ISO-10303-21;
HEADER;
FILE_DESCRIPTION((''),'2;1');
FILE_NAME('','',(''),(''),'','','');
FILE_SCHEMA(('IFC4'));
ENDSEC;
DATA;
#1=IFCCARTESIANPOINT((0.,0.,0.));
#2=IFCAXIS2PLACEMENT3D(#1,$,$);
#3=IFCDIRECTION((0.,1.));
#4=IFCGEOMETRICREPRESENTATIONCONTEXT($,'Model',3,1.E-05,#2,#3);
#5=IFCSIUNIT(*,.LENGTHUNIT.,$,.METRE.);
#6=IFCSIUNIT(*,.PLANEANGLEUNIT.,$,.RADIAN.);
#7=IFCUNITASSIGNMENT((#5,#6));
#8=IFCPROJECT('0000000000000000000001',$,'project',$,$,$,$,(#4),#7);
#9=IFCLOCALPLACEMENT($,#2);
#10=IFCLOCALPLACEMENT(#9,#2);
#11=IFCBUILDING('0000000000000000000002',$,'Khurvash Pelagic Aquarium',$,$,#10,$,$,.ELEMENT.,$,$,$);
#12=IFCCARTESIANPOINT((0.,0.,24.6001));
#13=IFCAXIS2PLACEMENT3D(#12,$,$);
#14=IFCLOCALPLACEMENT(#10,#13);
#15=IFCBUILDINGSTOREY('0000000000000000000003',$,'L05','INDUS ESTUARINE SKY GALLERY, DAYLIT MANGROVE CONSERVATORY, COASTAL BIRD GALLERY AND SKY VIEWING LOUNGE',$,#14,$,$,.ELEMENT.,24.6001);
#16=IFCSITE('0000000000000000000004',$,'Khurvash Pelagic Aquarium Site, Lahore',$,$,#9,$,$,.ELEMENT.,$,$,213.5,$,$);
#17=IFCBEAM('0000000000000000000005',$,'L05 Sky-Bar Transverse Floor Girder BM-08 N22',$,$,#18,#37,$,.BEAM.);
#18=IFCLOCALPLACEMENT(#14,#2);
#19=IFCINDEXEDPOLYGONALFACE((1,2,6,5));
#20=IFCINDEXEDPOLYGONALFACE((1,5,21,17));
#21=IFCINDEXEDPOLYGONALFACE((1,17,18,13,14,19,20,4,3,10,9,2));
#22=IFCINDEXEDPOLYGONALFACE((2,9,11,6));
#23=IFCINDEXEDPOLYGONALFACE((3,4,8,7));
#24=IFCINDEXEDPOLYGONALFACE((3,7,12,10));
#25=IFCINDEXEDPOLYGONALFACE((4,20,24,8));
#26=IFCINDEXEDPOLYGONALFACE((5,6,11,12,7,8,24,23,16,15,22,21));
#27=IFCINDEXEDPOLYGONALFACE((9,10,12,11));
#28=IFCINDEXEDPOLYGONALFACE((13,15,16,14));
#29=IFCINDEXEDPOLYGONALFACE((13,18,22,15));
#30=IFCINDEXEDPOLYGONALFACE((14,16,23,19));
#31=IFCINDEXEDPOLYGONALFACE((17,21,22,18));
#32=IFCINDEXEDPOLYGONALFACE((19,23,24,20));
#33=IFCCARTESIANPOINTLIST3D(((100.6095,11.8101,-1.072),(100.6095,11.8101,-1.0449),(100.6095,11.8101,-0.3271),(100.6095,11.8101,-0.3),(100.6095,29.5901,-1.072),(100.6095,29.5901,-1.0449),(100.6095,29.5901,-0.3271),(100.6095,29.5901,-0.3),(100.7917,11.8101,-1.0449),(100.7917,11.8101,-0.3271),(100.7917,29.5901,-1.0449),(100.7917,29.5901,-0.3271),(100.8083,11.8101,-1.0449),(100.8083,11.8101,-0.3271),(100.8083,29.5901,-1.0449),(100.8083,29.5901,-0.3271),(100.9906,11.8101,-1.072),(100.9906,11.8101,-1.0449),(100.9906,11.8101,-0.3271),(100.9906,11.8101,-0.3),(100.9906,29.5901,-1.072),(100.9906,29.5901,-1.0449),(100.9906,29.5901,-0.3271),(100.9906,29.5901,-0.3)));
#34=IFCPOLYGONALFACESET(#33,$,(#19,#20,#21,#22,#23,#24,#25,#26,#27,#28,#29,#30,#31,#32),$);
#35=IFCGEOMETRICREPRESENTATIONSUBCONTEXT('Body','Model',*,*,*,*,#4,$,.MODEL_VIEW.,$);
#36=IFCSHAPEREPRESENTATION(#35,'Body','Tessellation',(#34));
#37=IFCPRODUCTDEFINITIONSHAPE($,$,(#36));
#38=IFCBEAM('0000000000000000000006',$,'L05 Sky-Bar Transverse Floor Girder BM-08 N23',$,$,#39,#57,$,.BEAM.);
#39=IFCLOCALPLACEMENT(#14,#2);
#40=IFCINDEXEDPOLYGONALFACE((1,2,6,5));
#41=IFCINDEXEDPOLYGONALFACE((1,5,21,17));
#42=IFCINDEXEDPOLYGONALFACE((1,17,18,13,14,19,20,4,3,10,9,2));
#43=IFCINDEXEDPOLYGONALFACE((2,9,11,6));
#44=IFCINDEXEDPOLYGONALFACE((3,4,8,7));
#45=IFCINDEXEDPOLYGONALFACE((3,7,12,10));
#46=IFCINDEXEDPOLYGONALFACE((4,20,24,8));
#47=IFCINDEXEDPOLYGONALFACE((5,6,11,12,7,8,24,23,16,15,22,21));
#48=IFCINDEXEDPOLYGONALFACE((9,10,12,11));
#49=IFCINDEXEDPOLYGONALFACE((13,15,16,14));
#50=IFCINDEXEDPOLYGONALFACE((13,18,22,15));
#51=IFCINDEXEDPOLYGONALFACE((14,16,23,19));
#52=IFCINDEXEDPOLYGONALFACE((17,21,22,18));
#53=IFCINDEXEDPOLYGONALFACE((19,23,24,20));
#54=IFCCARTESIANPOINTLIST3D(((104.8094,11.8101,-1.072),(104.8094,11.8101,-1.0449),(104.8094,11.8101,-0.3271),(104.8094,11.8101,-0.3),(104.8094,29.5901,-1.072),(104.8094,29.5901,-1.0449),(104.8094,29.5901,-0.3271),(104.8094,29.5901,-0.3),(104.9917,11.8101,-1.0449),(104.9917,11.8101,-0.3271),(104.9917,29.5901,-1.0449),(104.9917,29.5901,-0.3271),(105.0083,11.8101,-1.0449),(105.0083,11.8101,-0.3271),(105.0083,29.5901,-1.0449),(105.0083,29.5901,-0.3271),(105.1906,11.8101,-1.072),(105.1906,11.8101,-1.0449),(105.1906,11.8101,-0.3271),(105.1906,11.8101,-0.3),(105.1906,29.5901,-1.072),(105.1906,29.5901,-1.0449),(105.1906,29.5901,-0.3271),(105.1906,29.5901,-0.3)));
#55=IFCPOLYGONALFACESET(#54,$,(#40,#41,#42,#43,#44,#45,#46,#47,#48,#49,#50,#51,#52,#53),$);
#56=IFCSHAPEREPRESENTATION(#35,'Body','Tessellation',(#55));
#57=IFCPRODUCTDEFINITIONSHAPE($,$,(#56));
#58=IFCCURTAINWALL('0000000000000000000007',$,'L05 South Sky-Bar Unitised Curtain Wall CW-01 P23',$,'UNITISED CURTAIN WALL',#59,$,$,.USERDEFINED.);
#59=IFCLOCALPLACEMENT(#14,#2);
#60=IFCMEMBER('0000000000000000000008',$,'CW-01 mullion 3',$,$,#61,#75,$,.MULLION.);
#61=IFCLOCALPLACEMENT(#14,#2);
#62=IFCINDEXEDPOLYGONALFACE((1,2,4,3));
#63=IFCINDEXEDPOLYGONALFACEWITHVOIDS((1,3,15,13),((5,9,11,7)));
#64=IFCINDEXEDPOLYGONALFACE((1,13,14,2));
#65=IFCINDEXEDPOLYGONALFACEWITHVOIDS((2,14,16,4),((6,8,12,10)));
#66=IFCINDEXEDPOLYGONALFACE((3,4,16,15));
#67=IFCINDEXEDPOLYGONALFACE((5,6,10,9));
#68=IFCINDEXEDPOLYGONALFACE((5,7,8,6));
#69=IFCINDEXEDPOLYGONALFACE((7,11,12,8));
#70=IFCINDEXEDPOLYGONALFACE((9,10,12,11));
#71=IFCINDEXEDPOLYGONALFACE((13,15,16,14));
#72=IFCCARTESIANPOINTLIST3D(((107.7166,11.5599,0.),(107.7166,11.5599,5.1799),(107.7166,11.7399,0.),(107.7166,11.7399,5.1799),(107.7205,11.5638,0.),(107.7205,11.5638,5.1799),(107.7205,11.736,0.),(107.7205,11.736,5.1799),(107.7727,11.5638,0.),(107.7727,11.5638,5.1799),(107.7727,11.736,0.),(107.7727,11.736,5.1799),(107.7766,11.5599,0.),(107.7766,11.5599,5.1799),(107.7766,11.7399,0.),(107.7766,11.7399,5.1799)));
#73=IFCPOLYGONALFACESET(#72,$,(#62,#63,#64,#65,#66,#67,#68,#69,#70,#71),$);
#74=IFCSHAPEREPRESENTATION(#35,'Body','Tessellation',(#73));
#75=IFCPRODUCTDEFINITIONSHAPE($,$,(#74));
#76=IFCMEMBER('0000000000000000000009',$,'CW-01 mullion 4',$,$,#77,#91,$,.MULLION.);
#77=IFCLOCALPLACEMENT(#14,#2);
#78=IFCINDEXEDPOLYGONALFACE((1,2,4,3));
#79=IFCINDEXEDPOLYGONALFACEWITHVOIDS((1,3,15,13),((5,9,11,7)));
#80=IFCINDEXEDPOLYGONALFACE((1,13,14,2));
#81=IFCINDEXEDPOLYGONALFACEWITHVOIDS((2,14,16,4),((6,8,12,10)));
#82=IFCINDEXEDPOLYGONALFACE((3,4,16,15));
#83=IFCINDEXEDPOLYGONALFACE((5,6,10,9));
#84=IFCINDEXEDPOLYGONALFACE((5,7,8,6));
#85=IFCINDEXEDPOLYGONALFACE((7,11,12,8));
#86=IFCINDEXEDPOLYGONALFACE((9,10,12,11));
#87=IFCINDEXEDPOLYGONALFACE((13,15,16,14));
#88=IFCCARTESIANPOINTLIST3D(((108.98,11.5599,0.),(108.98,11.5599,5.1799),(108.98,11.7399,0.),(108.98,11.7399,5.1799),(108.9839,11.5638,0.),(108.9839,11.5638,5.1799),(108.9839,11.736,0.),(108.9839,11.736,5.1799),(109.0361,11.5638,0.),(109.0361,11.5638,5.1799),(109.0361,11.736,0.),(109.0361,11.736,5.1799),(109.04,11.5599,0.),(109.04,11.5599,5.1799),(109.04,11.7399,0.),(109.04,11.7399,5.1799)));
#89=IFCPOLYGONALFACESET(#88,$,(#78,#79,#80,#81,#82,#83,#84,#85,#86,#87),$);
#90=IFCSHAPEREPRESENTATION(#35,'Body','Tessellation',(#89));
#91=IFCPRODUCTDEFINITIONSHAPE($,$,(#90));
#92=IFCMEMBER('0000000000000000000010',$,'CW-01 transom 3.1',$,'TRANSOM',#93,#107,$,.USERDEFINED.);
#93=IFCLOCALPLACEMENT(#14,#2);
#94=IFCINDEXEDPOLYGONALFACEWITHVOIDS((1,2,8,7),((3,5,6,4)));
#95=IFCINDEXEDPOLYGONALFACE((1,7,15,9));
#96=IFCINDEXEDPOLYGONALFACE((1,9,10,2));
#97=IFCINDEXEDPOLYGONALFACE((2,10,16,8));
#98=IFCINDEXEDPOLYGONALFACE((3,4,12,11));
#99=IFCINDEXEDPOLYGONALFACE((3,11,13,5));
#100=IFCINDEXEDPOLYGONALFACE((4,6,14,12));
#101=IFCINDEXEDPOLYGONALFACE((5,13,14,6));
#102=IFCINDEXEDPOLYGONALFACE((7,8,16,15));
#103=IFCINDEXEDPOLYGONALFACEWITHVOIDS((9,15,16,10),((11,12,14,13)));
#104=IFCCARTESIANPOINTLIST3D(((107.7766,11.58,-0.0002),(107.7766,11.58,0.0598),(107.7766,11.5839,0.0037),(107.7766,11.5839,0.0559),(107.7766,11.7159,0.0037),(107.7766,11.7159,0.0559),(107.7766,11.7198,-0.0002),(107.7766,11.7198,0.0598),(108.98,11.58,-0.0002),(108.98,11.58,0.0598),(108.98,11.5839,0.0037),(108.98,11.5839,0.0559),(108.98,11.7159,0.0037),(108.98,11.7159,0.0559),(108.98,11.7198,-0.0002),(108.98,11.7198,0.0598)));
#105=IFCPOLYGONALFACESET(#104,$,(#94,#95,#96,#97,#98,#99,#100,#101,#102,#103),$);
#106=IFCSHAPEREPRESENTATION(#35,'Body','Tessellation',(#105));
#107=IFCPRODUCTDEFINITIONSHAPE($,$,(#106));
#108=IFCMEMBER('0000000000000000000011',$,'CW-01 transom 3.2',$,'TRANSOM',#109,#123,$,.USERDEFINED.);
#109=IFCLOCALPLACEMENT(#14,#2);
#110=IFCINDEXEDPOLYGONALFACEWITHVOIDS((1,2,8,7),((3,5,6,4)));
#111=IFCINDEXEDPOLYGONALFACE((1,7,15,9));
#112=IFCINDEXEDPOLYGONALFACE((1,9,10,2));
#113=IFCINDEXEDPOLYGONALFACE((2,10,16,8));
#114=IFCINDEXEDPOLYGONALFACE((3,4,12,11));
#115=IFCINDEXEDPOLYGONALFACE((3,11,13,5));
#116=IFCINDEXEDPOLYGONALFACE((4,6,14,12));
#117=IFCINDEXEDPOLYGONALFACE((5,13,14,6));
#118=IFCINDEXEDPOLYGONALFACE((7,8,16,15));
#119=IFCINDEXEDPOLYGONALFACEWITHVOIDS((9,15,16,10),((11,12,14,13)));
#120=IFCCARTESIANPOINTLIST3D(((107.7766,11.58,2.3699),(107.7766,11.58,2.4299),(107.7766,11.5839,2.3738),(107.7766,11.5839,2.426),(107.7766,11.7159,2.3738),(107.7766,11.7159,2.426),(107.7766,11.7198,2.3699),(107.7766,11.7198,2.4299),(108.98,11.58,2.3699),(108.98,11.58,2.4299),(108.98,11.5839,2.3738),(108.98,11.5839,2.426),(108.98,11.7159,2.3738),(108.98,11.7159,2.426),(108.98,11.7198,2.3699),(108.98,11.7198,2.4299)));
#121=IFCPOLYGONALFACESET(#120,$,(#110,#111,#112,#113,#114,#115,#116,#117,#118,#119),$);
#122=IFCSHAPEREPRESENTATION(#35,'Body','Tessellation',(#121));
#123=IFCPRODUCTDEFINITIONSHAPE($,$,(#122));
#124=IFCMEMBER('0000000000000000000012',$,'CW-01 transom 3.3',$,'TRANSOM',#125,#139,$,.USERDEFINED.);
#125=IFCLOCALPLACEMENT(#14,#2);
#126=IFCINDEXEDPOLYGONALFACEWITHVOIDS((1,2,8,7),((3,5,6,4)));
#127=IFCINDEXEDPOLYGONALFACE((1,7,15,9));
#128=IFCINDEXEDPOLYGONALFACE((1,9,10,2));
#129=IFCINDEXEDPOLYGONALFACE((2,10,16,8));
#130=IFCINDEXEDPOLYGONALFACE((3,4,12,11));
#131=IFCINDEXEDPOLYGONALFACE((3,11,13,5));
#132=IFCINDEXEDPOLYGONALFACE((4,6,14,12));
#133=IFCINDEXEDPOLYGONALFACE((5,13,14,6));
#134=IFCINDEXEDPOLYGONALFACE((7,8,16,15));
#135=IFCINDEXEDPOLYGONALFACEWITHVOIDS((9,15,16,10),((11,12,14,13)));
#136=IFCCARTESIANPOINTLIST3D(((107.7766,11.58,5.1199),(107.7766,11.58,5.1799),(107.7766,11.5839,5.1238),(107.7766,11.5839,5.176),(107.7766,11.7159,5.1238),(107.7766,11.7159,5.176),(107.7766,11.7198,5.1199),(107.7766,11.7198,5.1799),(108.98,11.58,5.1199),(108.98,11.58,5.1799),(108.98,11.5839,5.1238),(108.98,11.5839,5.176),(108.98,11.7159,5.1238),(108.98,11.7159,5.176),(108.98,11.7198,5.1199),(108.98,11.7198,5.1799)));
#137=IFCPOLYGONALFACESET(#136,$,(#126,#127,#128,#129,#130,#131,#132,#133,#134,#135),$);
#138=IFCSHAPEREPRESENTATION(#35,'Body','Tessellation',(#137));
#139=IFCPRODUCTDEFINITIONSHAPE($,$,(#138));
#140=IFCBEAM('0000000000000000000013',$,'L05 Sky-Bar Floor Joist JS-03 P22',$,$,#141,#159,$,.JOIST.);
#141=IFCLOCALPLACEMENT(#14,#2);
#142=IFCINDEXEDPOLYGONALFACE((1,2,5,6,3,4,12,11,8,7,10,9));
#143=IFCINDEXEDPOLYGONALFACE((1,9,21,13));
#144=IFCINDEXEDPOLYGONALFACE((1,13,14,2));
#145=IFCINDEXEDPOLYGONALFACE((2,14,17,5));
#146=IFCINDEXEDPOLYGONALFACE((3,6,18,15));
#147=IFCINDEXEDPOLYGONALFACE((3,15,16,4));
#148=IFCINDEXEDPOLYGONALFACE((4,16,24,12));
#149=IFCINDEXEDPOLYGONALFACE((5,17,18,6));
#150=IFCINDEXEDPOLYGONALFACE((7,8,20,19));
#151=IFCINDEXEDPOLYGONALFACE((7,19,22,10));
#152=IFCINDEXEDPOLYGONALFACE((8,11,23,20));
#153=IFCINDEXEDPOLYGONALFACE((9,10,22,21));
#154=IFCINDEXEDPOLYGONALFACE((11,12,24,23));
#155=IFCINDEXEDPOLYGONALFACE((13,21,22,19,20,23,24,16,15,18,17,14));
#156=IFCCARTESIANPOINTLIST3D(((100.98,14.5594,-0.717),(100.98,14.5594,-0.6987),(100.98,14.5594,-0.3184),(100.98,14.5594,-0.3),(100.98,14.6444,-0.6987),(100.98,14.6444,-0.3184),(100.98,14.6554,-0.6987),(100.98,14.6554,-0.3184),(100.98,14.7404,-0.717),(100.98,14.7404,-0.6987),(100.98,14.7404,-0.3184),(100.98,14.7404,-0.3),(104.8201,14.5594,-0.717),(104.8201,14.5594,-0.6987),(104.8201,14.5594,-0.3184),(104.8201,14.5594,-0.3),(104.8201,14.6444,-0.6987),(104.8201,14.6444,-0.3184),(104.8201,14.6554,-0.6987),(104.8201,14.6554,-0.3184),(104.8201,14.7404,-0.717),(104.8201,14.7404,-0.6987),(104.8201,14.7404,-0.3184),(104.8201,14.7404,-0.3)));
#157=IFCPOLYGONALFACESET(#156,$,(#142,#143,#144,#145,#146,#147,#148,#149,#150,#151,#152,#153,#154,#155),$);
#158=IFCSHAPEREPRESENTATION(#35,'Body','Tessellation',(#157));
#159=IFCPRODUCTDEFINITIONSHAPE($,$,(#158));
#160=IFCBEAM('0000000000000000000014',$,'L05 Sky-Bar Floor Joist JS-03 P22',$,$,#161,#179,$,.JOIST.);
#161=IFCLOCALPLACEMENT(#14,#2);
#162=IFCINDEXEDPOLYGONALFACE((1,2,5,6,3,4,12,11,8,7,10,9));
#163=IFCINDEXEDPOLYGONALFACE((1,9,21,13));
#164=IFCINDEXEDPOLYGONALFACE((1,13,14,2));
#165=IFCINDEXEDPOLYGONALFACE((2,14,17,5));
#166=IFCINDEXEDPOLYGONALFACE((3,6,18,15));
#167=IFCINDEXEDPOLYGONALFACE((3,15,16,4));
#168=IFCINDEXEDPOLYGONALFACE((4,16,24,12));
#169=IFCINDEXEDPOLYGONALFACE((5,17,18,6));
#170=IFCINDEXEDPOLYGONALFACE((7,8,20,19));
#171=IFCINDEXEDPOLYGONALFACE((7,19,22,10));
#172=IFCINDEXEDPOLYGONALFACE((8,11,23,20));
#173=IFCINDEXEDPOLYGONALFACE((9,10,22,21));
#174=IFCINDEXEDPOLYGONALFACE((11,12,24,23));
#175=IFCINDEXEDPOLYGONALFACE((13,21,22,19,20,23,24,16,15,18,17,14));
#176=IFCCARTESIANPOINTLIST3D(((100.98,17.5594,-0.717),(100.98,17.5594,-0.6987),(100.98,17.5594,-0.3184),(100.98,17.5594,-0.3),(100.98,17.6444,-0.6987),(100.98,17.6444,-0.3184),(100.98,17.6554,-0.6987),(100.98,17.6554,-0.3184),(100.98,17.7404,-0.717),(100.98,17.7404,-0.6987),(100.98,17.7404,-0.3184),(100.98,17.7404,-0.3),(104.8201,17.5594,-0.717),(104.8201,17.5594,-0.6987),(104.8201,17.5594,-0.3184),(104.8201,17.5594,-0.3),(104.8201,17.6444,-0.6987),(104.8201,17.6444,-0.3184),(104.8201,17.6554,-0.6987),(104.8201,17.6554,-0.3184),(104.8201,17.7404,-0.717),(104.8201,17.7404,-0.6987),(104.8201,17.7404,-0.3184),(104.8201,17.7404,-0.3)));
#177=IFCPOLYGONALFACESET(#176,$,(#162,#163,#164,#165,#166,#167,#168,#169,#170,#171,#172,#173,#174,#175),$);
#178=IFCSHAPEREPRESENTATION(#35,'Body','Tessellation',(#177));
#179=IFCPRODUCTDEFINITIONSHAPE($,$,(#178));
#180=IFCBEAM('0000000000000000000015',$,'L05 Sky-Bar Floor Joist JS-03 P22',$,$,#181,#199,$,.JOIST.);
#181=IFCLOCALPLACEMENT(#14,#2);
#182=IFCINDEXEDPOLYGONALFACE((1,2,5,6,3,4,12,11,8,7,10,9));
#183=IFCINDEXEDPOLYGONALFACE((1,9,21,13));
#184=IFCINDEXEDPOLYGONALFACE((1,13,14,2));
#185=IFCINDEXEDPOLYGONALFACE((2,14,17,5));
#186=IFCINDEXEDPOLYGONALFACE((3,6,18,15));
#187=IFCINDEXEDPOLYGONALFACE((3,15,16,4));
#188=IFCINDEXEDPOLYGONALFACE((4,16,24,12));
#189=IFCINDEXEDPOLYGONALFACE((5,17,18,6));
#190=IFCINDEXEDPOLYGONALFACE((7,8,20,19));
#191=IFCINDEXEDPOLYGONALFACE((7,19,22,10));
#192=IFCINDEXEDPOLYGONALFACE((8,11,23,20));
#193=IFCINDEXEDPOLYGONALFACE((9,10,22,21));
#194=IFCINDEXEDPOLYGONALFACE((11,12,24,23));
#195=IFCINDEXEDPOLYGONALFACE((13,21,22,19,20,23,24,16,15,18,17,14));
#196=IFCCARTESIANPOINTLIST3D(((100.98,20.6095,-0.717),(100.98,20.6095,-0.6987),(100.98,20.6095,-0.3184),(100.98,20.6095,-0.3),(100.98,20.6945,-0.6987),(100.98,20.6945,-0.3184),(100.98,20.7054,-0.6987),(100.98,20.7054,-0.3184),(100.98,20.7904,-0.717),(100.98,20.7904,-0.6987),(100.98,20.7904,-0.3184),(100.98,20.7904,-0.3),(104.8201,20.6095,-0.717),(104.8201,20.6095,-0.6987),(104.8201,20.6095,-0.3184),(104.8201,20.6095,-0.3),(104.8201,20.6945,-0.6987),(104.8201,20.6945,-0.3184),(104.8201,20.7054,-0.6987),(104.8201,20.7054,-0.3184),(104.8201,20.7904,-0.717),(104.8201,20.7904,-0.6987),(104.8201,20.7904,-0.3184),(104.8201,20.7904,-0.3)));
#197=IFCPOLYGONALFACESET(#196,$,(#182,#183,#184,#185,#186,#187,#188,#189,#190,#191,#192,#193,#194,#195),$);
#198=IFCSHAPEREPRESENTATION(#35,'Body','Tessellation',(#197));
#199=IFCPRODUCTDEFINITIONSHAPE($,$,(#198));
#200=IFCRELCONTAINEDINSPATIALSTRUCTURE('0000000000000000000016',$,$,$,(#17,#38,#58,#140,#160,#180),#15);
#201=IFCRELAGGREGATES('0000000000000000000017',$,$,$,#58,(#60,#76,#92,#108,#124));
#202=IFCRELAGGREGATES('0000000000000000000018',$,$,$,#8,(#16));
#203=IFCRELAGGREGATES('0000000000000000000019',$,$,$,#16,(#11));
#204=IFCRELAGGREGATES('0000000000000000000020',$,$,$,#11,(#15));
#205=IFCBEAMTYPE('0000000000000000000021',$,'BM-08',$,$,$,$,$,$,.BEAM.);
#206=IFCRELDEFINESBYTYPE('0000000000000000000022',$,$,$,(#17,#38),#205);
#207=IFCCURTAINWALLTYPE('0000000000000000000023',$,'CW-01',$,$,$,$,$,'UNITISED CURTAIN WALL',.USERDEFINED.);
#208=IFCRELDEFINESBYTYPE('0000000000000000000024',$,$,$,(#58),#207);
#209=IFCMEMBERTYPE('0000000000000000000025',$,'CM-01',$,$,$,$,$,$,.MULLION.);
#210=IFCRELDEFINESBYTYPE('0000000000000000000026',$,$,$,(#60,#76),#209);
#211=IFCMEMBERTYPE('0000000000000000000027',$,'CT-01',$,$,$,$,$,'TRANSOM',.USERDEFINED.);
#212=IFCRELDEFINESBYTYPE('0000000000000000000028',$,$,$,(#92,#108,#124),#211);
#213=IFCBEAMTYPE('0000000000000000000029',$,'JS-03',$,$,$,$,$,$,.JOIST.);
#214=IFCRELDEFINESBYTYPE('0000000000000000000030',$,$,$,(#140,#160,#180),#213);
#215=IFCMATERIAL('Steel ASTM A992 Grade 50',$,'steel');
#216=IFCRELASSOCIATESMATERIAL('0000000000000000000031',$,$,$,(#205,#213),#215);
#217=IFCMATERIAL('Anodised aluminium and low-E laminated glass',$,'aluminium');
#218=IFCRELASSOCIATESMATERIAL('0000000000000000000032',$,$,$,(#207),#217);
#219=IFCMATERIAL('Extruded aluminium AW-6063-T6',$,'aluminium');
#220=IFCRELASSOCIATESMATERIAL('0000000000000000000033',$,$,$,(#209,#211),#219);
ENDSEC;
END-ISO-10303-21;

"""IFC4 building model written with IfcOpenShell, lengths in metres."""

from ifc_helpers import new_model, si_unit, direction, frame, origin, origin_2d, place, context, subcontext, project, spatial, hollow_rectangle, i_section, extrude, material, material_profile, profile_set, type_object, element, aggregate, save


model = new_model("IFC4")

# Units and contexts
model_context = context("Model", 3, precision=1e-05, world=origin(), true_north=direction((0.0, 1.0)))
body_context = subcontext(model_context, "Body", "Model", "MODEL_VIEW")
ifc_project = project(units=[si_unit("LENGTHUNIT", "METRE"), si_unit("PLANEANGLEUNIT", "RADIAN")], contexts=[model_context])

# Site, building, storey
site_placement = place(None, origin())
site = spatial("IfcSite", under=ifc_project, at=site_placement, Name="Khurvash Pelagic Aquarium Site, Lahore", CompositionType="ELEMENT", RefElevation=213.5)
building_placement = place(site_placement, origin())
building = spatial("IfcBuilding", under=site, at=building_placement, Name="Khurvash Pelagic Aquarium", CompositionType="ELEMENT")
storey_placement = place(building_placement, frame((0.0, 0.0, 24.6001)))
storey = spatial("IfcBuildingStorey", under=building, at=storey_placement, Name="L05", Description="INDUS ESTUARINE SKY GALLERY, DAYLIT MANGROVE CONSERVATORY, COASTAL BIRD GALLERY AND SKY VIEWING LOUNGE", CompositionType="ELEMENT", Elevation=24.6001)

# Beams
ifc_material_1 = material(Name="Steel ASTM A992 Grade 50", Category="steel")
ifc_material_profile_1 = material_profile(ifc_material_1, i_section(OverallWidth=0.3811, OverallDepth=0.772, WebThickness=0.0166, FlangeThickness=0.0271, at=origin_2d()), Name="W30X173")
ifc_profile_set_1 = profile_set([ifc_material_profile_1], Name="Steel ASTM A992 Grade 50")
beam_type_1 = type_object("IfcBeamType", Name="BM-08", PredefinedType="BEAM", material=ifc_profile_set_1)
for number, where, z_axis, x_axis, name in (
    (1, (100.8, 11.8101, -0.686), (0.0, 1.0, 0.0), (-1.0, 0.0, 0.0), "L05 Sky-Bar Transverse Floor Girder BM-08 N22"),
    (2, (105.0, 11.8101, -0.686), (0.0, 1.0, 0.0), (-1.0, 0.0, 0.0), "L05 Sky-Bar Transverse Floor Girder BM-08 N23"),
):
    element("IfcBeam", number, at=place(storey_placement, frame(where, z_axis=z_axis, x_axis=x_axis)), inside=storey, type_object=beam_type_1, Name=name, PredefinedType="BEAM", context=body_context, shape_type="SweptSolid", body=[
        extrude(i_section(OverallWidth=0.3811, OverallDepth=0.772, WebThickness=0.0166, FlangeThickness=0.0271, at=origin_2d()), origin(), (0.0, 0.0, 1.0), 17.78),
    ])

# Curtain wall, members
ifc_material_2 = material(Name="Anodised aluminium and low-E laminated glass", Category="aluminium")
curtain_wall_type = type_object("IfcCurtainWallType", Name="CW-01", ElementType="UNITISED CURTAIN WALL", PredefinedType="USERDEFINED", material=ifc_material_2)
curtain_wall_placement = place(storey_placement, origin())
curtain_wall = element("IfcCurtainWall", 3, at=curtain_wall_placement, inside=storey, type_object=curtain_wall_type, Name="L05 South Sky-Bar Unitised Curtain Wall CW-01 P23", ObjectType="UNITISED CURTAIN WALL", PredefinedType="USERDEFINED")
ifc_material_3 = material(Name="Extruded aluminium AW-6063-T6", Category="aluminium")
ifc_material_profile_2 = material_profile(ifc_material_3, hollow_rectangle(XDim=0.0601, YDim=0.1799, WallThickness=0.0039, at=origin_2d()), Name="CWM60X180X4")
ifc_profile_set_2 = profile_set([ifc_material_profile_2], Name="Extruded aluminium AW-6063-T6")
member_type_1 = type_object("IfcMemberType", Name="CM-01", PredefinedType="MULLION", material=ifc_profile_set_2)
member_1_placement = place(storey_placement, frame((107.7466, 11.6499, 0.0), z_axis=(0.0, 0.0, 1.0), x_axis=(1.0, 0.0, 0.0)))
member_1 = element("IfcMember", 4, at=member_1_placement, type_object=member_type_1, Name="CW-01 mullion 3", PredefinedType="MULLION", context=body_context, shape_type="SweptSolid", body=[
    extrude(hollow_rectangle(XDim=0.0601, YDim=0.1799, WallThickness=0.0039, at=origin_2d()), origin(), (0.0, 0.0, 1.0), 5.1799),
])
member_2_placement = place(storey_placement, frame((109.01, 11.6499, 0.0), z_axis=(0.0, 0.0, 1.0), x_axis=(1.0, 0.0, 0.0)))
member_2 = element("IfcMember", 5, at=member_2_placement, type_object=member_type_1, Name="CW-01 mullion 4", PredefinedType="MULLION", context=body_context, shape_type="SweptSolid", body=[
    extrude(hollow_rectangle(XDim=0.0601, YDim=0.1799, WallThickness=0.0039, at=origin_2d()), origin(), (0.0, 0.0, 1.0), 5.1799),
])
ifc_material_profile_3 = material_profile(ifc_material_3, hollow_rectangle(XDim=0.1399, YDim=0.0601, WallThickness=0.0039, at=origin_2d()), Name="CWT140X60X4")
ifc_profile_set_3 = profile_set([ifc_material_profile_3], Name="Extruded aluminium AW-6063-T6")
member_type_2 = type_object("IfcMemberType", Name="CT-01", ElementType="TRANSOM", PredefinedType="USERDEFINED", material=ifc_profile_set_3)
member_3_placement = place(storey_placement, frame((107.7766, 11.6499, 0.0298), z_axis=(1.0, 0.0, 0.0), x_axis=(0.0, 1.0, 0.0)))
member_3 = element("IfcMember", 6, at=member_3_placement, type_object=member_type_2, Name="CW-01 transom 3.1", ObjectType="TRANSOM", PredefinedType="USERDEFINED", context=body_context, shape_type="SweptSolid", body=[
    extrude(hollow_rectangle(XDim=0.1399, YDim=0.0601, WallThickness=0.0039, at=origin_2d()), origin(), (0.0, 0.0, 1.0), 1.2034),
])
member_4_placement = place(storey_placement, frame((107.7766, 11.6499, 2.3999), z_axis=(1.0, 0.0, 0.0), x_axis=(0.0, 1.0, 0.0)))
member_4 = element("IfcMember", 7, at=member_4_placement, type_object=member_type_2, Name="CW-01 transom 3.2", ObjectType="TRANSOM", PredefinedType="USERDEFINED", context=body_context, shape_type="SweptSolid", body=[
    extrude(hollow_rectangle(XDim=0.1399, YDim=0.0601, WallThickness=0.0039, at=origin_2d()), origin(), (0.0, 0.0, 1.0), 1.2034),
])
member_5_placement = place(storey_placement, frame((107.7766, 11.6499, 5.1499), z_axis=(1.0, 0.0, 0.0), x_axis=(0.0, 1.0, 0.0)))
member_5 = element("IfcMember", 8, at=member_5_placement, type_object=member_type_2, Name="CW-01 transom 3.3", ObjectType="TRANSOM", PredefinedType="USERDEFINED", context=body_context, shape_type="SweptSolid", body=[
    extrude(hollow_rectangle(XDim=0.1399, YDim=0.0601, WallThickness=0.0039, at=origin_2d()), origin(), (0.0, 0.0, 1.0), 1.2034),
])

# Beams
ifc_material_profile_4 = material_profile(ifc_material_1, i_section(OverallWidth=0.1809, OverallDepth=0.417, WebThickness=0.011, FlangeThickness=0.0183, at=origin_2d()), Name="W16X57")
ifc_profile_set_4 = profile_set([ifc_material_profile_4], Name="Steel ASTM A992 Grade 50")
beam_type_2 = type_object("IfcBeamType", Name="JS-03", PredefinedType="JOIST", material=ifc_profile_set_4)
for number, where, z_axis, x_axis, name in (
    (9, (100.98, 14.6499, -0.5085), (1.0, 0.0, 0.0), (0.0, 1.0, 0.0), "L05 Sky-Bar Floor Joist JS-03 P22"),
    (10, (100.98, 17.6499, -0.5085), (1.0, 0.0, 0.0), (0.0, 1.0, 0.0), "L05 Sky-Bar Floor Joist JS-03 P22"),
    (11, (100.98, 20.7, -0.5085), (1.0, 0.0, 0.0), (0.0, 1.0, 0.0), "L05 Sky-Bar Floor Joist JS-03 P22"),
):
    element("IfcBeam", number, at=place(storey_placement, frame(where, z_axis=z_axis, x_axis=x_axis)), inside=storey, type_object=beam_type_2, Name=name, PredefinedType="JOIST", context=body_context, shape_type="SweptSolid", body=[
        extrude(i_section(OverallWidth=0.1809, OverallDepth=0.417, WebThickness=0.011, FlangeThickness=0.0183, at=origin_2d()), origin(), (0.0, 0.0, 1.0), 3.8401),
    ])

aggregate(curtain_wall, [member_1, member_2, member_3, member_4, member_5])

save(model, "model.ifc")
